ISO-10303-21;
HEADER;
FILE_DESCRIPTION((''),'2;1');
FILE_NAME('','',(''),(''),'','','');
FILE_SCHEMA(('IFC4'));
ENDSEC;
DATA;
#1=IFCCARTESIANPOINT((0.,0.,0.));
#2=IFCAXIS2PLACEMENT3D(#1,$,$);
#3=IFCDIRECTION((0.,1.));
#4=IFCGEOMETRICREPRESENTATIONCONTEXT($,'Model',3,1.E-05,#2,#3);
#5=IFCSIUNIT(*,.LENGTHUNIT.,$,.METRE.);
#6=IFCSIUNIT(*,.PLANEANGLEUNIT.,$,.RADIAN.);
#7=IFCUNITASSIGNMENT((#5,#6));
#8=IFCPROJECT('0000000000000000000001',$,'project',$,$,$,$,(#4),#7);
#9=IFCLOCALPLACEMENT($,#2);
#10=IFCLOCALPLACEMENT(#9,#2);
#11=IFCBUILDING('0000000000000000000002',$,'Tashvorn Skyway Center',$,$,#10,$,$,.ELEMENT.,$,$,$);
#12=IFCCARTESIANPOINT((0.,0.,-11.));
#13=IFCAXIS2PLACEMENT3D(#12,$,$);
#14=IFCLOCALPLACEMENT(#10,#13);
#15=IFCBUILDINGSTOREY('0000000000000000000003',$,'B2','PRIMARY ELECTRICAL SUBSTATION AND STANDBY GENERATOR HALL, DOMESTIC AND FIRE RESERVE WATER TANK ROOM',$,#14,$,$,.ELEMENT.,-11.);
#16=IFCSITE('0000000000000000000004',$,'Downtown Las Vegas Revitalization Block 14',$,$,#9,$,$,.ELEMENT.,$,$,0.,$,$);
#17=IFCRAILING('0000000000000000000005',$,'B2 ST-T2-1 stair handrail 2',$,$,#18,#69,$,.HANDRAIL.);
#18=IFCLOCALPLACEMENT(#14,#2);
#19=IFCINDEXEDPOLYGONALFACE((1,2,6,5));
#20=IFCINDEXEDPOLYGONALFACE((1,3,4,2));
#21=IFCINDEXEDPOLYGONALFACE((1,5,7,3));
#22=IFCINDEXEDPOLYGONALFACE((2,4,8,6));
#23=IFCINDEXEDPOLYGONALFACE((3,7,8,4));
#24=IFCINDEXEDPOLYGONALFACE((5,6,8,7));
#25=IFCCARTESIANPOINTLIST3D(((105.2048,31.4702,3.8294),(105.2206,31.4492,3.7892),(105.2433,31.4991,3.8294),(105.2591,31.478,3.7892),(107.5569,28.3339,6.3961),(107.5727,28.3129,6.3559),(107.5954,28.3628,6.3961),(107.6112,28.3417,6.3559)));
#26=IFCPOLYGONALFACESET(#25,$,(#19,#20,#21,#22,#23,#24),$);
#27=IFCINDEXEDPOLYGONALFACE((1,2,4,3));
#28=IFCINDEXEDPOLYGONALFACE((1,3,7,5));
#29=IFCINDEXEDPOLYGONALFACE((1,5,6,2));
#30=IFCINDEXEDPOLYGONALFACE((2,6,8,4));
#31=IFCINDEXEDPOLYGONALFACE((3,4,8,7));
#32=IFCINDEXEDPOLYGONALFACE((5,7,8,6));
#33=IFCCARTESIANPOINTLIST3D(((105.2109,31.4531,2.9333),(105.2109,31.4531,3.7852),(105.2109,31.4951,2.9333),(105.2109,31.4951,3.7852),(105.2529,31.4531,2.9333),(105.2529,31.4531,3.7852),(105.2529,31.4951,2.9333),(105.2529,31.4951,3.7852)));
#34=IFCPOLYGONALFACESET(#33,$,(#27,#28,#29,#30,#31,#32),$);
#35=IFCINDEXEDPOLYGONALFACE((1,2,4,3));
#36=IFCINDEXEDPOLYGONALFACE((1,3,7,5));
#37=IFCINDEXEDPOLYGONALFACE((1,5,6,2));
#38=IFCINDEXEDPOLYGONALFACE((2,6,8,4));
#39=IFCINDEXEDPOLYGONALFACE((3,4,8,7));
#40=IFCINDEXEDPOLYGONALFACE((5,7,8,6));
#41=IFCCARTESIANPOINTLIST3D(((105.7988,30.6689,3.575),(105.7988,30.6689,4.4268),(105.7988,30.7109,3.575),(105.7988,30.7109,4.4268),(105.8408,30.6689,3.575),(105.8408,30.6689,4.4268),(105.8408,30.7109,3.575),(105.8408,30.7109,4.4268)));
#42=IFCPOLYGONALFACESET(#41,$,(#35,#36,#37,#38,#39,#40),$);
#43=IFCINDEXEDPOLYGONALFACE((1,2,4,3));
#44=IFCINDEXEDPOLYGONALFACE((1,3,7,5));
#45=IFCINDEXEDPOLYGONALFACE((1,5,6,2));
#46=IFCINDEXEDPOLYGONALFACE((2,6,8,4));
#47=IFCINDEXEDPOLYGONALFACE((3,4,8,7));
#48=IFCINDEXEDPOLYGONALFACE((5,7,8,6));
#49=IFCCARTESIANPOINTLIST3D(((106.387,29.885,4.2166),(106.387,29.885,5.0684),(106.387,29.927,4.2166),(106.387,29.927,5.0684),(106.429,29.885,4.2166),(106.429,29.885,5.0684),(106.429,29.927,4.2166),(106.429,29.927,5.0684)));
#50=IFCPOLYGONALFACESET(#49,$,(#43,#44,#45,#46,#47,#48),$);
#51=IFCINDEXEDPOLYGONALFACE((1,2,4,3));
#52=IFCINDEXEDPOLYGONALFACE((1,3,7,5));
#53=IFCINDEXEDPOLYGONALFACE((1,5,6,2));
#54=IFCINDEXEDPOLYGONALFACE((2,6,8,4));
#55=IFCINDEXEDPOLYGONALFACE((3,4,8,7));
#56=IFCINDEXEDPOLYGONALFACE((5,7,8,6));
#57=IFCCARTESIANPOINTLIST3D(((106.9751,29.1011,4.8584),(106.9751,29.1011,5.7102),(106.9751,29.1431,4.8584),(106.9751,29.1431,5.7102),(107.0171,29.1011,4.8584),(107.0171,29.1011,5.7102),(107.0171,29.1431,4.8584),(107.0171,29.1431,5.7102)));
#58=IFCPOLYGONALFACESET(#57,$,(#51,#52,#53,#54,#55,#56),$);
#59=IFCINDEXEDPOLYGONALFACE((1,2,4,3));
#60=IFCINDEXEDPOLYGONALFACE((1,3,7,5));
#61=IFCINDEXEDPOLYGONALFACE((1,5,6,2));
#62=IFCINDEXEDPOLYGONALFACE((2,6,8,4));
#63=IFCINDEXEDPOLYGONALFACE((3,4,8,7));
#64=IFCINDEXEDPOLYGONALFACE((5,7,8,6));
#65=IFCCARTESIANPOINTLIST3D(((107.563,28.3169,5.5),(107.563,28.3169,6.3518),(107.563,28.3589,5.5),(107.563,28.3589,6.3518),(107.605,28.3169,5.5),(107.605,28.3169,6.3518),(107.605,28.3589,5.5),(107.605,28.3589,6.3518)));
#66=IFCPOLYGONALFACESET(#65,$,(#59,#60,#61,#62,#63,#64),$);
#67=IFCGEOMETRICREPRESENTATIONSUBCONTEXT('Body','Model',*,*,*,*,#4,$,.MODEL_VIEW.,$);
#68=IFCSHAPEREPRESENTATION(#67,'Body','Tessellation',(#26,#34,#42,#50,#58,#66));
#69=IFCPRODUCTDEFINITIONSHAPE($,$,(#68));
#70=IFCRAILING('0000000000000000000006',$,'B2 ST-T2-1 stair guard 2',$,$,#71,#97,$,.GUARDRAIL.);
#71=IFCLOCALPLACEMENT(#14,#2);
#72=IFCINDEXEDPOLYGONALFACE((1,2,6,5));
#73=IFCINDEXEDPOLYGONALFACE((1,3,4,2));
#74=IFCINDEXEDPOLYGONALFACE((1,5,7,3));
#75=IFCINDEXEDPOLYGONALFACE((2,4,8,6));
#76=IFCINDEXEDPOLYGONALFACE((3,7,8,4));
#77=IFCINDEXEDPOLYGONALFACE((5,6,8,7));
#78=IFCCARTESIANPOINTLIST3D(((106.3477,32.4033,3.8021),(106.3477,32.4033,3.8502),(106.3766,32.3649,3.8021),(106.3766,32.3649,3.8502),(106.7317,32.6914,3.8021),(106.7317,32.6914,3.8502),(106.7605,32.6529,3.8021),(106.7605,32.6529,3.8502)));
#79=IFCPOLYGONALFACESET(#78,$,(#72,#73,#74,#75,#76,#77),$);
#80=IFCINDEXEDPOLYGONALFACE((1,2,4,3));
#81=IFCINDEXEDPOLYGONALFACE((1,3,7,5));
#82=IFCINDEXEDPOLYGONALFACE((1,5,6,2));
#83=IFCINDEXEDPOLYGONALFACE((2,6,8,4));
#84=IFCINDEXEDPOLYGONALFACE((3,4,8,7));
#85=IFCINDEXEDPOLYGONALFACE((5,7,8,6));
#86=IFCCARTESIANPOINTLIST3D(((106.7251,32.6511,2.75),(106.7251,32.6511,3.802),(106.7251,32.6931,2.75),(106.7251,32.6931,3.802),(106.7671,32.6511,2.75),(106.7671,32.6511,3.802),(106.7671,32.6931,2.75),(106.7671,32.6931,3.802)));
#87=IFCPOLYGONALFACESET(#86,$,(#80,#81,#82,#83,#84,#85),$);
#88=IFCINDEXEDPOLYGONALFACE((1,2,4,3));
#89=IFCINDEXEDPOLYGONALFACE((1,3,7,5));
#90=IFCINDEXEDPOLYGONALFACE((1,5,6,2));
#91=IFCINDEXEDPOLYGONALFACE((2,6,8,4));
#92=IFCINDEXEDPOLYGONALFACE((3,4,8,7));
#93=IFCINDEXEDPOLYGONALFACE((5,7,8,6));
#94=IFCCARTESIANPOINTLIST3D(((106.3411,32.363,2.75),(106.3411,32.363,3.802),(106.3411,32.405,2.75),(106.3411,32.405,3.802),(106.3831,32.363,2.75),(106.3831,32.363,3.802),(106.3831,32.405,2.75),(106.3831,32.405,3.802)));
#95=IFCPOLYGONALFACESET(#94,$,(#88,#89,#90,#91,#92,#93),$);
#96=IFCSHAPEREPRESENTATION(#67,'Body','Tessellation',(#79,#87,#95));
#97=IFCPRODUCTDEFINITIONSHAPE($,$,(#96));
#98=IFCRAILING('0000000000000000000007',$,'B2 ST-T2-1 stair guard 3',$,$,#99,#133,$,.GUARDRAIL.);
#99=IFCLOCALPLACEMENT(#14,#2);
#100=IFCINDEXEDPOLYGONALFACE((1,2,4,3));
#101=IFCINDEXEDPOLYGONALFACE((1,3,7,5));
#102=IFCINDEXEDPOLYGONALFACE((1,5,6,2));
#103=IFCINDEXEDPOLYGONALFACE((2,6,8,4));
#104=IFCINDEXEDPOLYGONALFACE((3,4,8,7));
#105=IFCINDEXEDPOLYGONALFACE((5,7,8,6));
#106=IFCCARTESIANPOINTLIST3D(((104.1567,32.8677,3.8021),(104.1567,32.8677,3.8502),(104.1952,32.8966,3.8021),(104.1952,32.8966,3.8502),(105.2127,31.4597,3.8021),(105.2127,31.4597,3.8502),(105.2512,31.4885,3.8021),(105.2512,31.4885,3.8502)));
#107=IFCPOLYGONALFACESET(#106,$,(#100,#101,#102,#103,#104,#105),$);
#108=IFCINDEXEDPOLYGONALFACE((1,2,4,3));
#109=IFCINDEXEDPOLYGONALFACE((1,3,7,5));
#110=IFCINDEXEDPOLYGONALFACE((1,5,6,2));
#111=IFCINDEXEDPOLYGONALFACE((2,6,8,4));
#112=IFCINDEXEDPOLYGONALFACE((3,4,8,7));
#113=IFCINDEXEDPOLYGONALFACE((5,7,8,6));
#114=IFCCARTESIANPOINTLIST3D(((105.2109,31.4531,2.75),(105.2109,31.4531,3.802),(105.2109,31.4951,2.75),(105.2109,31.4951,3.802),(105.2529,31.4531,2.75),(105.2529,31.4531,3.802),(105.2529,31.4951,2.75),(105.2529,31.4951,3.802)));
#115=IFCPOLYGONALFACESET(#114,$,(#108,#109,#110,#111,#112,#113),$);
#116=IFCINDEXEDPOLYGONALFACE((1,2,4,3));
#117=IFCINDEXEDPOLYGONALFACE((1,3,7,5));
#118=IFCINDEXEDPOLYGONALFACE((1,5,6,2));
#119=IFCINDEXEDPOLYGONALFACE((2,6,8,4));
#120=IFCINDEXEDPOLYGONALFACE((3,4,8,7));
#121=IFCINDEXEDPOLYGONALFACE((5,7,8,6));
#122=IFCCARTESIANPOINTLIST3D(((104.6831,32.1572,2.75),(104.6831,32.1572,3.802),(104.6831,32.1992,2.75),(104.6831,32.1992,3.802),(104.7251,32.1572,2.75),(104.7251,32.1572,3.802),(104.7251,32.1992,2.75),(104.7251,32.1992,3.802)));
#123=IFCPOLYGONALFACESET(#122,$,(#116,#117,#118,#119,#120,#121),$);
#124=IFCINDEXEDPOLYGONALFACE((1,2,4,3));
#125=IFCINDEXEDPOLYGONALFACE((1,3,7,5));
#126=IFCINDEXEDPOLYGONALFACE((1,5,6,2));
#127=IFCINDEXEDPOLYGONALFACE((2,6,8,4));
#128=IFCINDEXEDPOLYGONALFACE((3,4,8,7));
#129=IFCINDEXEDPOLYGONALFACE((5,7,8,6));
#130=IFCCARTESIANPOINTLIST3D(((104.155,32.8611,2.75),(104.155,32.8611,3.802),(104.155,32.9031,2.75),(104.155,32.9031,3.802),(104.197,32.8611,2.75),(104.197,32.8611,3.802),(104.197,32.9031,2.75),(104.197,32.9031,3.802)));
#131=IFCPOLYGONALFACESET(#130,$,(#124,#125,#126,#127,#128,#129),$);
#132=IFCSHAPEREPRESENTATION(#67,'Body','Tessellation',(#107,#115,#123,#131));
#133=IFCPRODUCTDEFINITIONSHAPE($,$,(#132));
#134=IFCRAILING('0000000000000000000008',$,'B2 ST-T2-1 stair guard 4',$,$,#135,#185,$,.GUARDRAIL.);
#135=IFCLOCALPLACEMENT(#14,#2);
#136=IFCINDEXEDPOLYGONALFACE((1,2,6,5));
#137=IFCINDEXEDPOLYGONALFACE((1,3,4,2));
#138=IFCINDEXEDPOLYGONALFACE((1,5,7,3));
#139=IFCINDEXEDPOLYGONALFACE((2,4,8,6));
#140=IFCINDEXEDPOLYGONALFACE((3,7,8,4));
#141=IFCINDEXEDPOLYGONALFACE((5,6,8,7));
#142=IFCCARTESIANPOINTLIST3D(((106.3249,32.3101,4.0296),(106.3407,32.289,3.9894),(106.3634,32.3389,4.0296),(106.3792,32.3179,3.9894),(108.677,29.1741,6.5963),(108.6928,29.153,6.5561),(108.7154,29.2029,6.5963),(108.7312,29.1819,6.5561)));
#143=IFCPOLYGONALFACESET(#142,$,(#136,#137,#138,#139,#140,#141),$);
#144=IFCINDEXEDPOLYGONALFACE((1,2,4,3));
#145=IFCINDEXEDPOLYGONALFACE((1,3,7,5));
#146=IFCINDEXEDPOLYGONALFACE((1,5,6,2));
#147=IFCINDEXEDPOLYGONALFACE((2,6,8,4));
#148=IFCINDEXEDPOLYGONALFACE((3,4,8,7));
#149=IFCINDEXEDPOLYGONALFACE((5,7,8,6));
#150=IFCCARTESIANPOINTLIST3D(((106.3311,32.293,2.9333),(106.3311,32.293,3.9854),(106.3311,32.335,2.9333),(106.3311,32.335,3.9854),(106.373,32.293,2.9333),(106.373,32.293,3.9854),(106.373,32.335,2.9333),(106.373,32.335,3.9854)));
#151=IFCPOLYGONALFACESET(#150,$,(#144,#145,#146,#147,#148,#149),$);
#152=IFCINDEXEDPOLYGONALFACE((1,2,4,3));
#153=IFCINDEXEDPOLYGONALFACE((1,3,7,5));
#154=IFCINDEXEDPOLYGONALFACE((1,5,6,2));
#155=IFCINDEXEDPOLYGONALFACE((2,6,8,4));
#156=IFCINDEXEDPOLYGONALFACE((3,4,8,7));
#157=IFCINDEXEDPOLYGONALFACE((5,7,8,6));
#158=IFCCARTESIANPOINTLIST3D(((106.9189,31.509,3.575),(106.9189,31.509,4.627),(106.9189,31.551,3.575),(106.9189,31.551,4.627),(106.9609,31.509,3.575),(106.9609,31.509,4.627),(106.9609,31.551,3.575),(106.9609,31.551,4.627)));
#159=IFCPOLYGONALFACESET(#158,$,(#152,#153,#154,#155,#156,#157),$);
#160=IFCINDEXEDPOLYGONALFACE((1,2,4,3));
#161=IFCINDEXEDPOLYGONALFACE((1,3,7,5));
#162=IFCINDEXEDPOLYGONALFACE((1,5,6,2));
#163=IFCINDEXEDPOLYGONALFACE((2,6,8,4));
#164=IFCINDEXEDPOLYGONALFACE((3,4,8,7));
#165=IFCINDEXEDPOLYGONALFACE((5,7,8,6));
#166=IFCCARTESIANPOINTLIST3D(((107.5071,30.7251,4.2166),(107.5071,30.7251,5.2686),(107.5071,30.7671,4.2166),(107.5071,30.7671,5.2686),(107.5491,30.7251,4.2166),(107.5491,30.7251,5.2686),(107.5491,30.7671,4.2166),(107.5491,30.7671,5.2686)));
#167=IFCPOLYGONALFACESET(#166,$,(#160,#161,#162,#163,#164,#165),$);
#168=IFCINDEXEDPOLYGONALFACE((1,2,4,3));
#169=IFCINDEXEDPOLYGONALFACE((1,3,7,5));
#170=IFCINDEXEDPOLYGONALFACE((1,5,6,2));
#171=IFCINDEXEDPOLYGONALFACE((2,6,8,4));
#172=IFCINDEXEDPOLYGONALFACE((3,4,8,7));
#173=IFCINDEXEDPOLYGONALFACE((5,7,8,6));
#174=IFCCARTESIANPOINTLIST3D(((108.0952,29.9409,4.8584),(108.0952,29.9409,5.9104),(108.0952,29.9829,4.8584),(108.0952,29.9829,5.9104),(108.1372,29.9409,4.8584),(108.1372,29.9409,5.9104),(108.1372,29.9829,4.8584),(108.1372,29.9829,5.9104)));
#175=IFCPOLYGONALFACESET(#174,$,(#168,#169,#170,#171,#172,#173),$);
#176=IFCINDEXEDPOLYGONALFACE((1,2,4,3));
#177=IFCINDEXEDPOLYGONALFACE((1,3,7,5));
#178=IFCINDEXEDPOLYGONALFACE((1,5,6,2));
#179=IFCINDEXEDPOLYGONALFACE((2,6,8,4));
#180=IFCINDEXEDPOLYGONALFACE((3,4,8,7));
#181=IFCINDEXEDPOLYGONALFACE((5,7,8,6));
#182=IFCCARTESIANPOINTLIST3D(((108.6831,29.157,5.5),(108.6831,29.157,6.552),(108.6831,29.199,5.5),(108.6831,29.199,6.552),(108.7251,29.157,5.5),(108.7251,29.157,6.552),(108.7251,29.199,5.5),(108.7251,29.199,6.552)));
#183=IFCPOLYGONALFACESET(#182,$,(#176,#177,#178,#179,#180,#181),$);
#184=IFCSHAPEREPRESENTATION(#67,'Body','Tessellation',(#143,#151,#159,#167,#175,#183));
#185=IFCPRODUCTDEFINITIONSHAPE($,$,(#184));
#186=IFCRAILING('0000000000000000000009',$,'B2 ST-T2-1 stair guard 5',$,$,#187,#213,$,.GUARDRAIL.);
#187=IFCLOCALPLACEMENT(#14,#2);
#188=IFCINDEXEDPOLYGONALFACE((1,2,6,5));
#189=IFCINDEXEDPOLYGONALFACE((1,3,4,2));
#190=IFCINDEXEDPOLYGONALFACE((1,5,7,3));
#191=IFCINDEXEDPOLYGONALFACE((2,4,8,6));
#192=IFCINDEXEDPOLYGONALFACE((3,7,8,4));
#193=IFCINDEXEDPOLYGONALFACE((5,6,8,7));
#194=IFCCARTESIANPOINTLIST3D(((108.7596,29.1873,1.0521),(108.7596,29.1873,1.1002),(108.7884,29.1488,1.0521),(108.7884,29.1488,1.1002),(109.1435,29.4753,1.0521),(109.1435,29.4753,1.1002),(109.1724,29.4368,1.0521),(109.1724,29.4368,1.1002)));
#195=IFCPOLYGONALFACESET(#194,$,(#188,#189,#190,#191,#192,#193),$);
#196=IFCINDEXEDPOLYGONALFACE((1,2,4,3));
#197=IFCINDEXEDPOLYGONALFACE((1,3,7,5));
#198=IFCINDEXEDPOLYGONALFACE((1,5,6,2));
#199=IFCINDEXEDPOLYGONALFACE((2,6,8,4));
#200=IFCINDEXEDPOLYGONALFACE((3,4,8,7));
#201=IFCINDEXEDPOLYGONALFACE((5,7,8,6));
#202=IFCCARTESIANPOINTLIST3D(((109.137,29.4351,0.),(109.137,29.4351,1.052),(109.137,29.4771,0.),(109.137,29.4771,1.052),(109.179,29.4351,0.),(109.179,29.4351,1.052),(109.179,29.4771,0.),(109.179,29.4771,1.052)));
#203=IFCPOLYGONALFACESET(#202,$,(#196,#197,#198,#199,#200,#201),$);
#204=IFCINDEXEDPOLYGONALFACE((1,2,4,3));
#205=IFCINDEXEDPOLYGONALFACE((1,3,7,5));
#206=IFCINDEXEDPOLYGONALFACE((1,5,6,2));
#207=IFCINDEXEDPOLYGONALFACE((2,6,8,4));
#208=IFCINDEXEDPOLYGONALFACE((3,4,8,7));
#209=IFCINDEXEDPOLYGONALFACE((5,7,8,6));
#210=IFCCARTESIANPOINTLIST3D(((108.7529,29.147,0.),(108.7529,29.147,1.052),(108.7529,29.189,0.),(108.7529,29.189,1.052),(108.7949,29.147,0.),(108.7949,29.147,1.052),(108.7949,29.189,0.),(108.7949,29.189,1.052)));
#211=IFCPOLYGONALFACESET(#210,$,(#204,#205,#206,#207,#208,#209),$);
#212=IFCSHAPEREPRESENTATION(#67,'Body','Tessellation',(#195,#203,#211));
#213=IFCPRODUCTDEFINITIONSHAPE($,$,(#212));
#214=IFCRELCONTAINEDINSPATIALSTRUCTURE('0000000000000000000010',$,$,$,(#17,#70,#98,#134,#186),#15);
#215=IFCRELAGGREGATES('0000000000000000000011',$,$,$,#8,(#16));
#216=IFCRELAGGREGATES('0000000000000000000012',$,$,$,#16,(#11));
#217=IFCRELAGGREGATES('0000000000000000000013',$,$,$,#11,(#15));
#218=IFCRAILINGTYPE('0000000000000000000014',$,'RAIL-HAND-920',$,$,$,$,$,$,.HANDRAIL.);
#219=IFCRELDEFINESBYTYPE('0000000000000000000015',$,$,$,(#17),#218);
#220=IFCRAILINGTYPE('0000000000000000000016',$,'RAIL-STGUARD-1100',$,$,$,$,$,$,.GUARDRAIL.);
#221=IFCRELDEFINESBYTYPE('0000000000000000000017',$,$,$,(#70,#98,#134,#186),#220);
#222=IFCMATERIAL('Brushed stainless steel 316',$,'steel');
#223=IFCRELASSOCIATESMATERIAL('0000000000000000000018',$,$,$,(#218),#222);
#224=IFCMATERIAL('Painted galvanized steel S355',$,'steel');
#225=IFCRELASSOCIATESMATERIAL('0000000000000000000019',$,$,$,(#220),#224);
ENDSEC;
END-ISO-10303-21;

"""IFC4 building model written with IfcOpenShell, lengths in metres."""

from ifc_helpers import new_model, si_unit, direction, frame, origin, origin_2d, place, context, subcontext, project, spatial, rectangle, extrude, material, type_object, element, save


model = new_model("IFC4")

# Units and contexts
model_context = context("Model", 3, precision=1e-05, world=origin(), true_north=direction((0.0, 1.0)))
body_context = subcontext(model_context, "Body", "Model", "MODEL_VIEW")
ifc_project = project(units=[si_unit("LENGTHUNIT", "METRE"), si_unit("PLANEANGLEUNIT", "RADIAN")], contexts=[model_context])

# Site, building, storey
site_placement = place(None, origin())
site = spatial("IfcSite", under=ifc_project, at=site_placement, Name="Downtown Las Vegas Revitalization Block 14", CompositionType="ELEMENT", RefElevation=0.0)
building_placement = place(site_placement, origin())
building = spatial("IfcBuilding", under=site, at=building_placement, Name="Tashvorn Skyway Center", CompositionType="ELEMENT")
storey_placement = place(building_placement, frame((0.0, 0.0, -11.0)))
storey = spatial("IfcBuildingStorey", under=building, at=storey_placement, Name="B2", Description="PRIMARY ELECTRICAL SUBSTATION AND STANDBY GENERATOR HALL, DOMESTIC AND FIRE RESERVE WATER TANK ROOM", CompositionType="ELEMENT", Elevation=-11.0)

# Railings
ifc_material_1 = material(Name="Brushed stainless steel 316", Category="steel")
railing_type_1 = type_object("IfcRailingType", Name="RAIL-HAND-920", PredefinedType="HANDRAIL", material=ifc_material_1)
railing_1_placement = place(storey_placement, frame((105.2319, 31.4741, 2.9333)))
element("IfcRailing", 1, at=railing_1_placement, inside=storey, type_object=railing_type_1, Name="B2 ST-T2-1 stair handrail 2", PredefinedType="HANDRAIL", context=body_context, shape_type="SweptSolid", body=[
    extrude(rectangle(XDim=0.0481, YDim=0.0481, at=origin_2d()), frame((0.0, 0.0, 0.876), z_axis=(0.501964, -0.66932, 0.547762), x_axis=(0.800015, 0.59998, 0.0)), (0.0, 0.0, 1.0), 4.6858),
    extrude(rectangle(XDim=0.042, YDim=0.042, at=origin_2d()), origin(), (0.0, 0.0, 1.0), 0.8518),
    extrude(rectangle(XDim=0.042, YDim=0.042, at=origin_2d()), frame((0.5879, -0.7842, 0.6416)), (0.0, 0.0, 1.0), 0.8518),
    extrude(rectangle(XDim=0.042, YDim=0.042, at=origin_2d()), frame((1.176, -1.5681, 1.2832)), (0.0, 0.0, 1.0), 0.8518),
    extrude(rectangle(XDim=0.042, YDim=0.042, at=origin_2d()), frame((1.7642, -2.3521, 1.925)), (0.0, 0.0, 1.0), 0.8518),
    extrude(rectangle(XDim=0.042, YDim=0.042, at=origin_2d()), frame((2.3521, -3.1362, 2.5667)), (0.0, 0.0, 1.0), 0.8518),
])
ifc_material_2 = material(Name="Painted galvanized steel S355", Category="steel")
railing_type_2 = type_object("IfcRailingType", Name="RAIL-STGUARD-1100", PredefinedType="GUARDRAIL", material=ifc_material_2)
railing_2_placement = place(storey_placement, frame((106.7461, 32.6721, 2.75)))
element("IfcRailing", 2, at=railing_2_placement, inside=storey, type_object=railing_type_2, Name="B2 ST-T2-1 stair guard 2", PredefinedType="GUARDRAIL", context=body_context, shape_type="SweptSolid", body=[
    extrude(rectangle(XDim=0.0481, YDim=0.0481, at=origin_2d()), frame((0.0, 0.0, 1.0762), z_axis=(-0.799939, -0.600081, 0.0), x_axis=(0.600081, -0.799939, 0.0)), (0.0, 0.0, 1.0), 0.48),
    extrude(rectangle(XDim=0.042, YDim=0.042, at=origin_2d()), origin(), (0.0, 0.0, 1.0), 1.052),
    extrude(rectangle(XDim=0.042, YDim=0.042, at=origin_2d()), frame((-0.384, -0.2881, 0.0)), (0.0, 0.0, 1.0), 1.052),
])
railing_3_placement = place(storey_placement, frame((105.2319, 31.4741, 2.75)))
element("IfcRailing", 3, at=railing_3_placement, inside=storey, type_object=railing_type_2, Name="B2 ST-T2-1 stair guard 3", PredefinedType="GUARDRAIL", context=body_context, shape_type="SweptSolid", body=[
    extrude(rectangle(XDim=0.0481, YDim=0.0481, at=origin_2d()), frame((0.0, 0.0, 1.0762), z_axis=(-0.599978, 0.800017, 0.0), x_axis=(-0.800017, -0.599978, 0.0)), (0.0, 0.0, 1.0), 1.76),
    extrude(rectangle(XDim=0.042, YDim=0.042, at=origin_2d()), origin(), (0.0, 0.0, 1.0), 1.052),
    extrude(rectangle(XDim=0.042, YDim=0.042, at=origin_2d()), frame((-0.5278, 0.7041, 0.0)), (0.0, 0.0, 1.0), 1.052),
    extrude(rectangle(XDim=0.042, YDim=0.042, at=origin_2d()), frame((-1.0559, 1.408, 0.0)), (0.0, 0.0, 1.0), 1.052),
])
railing_4_placement = place(storey_placement, frame((106.3521, 32.314, 2.9333)))
element("IfcRailing", 4, at=railing_4_placement, inside=storey, type_object=railing_type_2, Name="B2 ST-T2-1 stair guard 4", PredefinedType="GUARDRAIL", context=body_context, shape_type="SweptSolid", body=[
    extrude(rectangle(XDim=0.0481, YDim=0.0481, at=origin_2d()), frame((0.0, 0.0, 1.0762), z_axis=(0.501981, -0.669291, 0.547782), x_axis=(0.799993, 0.60001, 0.0)), (0.0, 0.0, 1.0), 4.6855),
    extrude(rectangle(XDim=0.042, YDim=0.042, at=origin_2d()), origin(), (0.0, 0.0, 1.0), 1.052),
    extrude(rectangle(XDim=0.042, YDim=0.042, at=origin_2d()), frame((0.5879, -0.7839, 0.6416)), (0.0, 0.0, 1.0), 1.052),
    extrude(rectangle(XDim=0.042, YDim=0.042, at=origin_2d()), frame((1.176, -1.5679, 1.2832)), (0.0, 0.0, 1.0), 1.052),
    extrude(rectangle(XDim=0.042, YDim=0.042, at=origin_2d()), frame((1.7642, -2.3521, 1.925)), (0.0, 0.0, 1.0), 1.052),
    extrude(rectangle(XDim=0.042, YDim=0.042, at=origin_2d()), frame((2.3521, -3.136, 2.5667)), (0.0, 0.0, 1.0), 1.052),
])
railing_5_placement = place(storey_placement, frame((109.158, 29.4561, 0.0)))
element("IfcRailing", 5, at=railing_5_placement, inside=storey, type_object=railing_type_2, Name="B2 ST-T2-1 stair guard 5", PredefinedType="GUARDRAIL", context=body_context, shape_type="SweptSolid", body=[
    extrude(rectangle(XDim=0.0481, YDim=0.0481, at=origin_2d()), frame((0.0, 0.0, 1.0762), z_axis=(-0.799939, -0.600081, 0.0), x_axis=(0.600081, -0.799939, 0.0)), (0.0, 0.0, 1.0), 0.48),
    extrude(rectangle(XDim=0.042, YDim=0.042, at=origin_2d()), origin(), (0.0, 0.0, 1.0), 1.052),
    extrude(rectangle(XDim=0.042, YDim=0.042, at=origin_2d()), frame((-0.384, -0.2881, 0.0)), (0.0, 0.0, 1.0), 1.052),
])

save(model, "model.ifc")
